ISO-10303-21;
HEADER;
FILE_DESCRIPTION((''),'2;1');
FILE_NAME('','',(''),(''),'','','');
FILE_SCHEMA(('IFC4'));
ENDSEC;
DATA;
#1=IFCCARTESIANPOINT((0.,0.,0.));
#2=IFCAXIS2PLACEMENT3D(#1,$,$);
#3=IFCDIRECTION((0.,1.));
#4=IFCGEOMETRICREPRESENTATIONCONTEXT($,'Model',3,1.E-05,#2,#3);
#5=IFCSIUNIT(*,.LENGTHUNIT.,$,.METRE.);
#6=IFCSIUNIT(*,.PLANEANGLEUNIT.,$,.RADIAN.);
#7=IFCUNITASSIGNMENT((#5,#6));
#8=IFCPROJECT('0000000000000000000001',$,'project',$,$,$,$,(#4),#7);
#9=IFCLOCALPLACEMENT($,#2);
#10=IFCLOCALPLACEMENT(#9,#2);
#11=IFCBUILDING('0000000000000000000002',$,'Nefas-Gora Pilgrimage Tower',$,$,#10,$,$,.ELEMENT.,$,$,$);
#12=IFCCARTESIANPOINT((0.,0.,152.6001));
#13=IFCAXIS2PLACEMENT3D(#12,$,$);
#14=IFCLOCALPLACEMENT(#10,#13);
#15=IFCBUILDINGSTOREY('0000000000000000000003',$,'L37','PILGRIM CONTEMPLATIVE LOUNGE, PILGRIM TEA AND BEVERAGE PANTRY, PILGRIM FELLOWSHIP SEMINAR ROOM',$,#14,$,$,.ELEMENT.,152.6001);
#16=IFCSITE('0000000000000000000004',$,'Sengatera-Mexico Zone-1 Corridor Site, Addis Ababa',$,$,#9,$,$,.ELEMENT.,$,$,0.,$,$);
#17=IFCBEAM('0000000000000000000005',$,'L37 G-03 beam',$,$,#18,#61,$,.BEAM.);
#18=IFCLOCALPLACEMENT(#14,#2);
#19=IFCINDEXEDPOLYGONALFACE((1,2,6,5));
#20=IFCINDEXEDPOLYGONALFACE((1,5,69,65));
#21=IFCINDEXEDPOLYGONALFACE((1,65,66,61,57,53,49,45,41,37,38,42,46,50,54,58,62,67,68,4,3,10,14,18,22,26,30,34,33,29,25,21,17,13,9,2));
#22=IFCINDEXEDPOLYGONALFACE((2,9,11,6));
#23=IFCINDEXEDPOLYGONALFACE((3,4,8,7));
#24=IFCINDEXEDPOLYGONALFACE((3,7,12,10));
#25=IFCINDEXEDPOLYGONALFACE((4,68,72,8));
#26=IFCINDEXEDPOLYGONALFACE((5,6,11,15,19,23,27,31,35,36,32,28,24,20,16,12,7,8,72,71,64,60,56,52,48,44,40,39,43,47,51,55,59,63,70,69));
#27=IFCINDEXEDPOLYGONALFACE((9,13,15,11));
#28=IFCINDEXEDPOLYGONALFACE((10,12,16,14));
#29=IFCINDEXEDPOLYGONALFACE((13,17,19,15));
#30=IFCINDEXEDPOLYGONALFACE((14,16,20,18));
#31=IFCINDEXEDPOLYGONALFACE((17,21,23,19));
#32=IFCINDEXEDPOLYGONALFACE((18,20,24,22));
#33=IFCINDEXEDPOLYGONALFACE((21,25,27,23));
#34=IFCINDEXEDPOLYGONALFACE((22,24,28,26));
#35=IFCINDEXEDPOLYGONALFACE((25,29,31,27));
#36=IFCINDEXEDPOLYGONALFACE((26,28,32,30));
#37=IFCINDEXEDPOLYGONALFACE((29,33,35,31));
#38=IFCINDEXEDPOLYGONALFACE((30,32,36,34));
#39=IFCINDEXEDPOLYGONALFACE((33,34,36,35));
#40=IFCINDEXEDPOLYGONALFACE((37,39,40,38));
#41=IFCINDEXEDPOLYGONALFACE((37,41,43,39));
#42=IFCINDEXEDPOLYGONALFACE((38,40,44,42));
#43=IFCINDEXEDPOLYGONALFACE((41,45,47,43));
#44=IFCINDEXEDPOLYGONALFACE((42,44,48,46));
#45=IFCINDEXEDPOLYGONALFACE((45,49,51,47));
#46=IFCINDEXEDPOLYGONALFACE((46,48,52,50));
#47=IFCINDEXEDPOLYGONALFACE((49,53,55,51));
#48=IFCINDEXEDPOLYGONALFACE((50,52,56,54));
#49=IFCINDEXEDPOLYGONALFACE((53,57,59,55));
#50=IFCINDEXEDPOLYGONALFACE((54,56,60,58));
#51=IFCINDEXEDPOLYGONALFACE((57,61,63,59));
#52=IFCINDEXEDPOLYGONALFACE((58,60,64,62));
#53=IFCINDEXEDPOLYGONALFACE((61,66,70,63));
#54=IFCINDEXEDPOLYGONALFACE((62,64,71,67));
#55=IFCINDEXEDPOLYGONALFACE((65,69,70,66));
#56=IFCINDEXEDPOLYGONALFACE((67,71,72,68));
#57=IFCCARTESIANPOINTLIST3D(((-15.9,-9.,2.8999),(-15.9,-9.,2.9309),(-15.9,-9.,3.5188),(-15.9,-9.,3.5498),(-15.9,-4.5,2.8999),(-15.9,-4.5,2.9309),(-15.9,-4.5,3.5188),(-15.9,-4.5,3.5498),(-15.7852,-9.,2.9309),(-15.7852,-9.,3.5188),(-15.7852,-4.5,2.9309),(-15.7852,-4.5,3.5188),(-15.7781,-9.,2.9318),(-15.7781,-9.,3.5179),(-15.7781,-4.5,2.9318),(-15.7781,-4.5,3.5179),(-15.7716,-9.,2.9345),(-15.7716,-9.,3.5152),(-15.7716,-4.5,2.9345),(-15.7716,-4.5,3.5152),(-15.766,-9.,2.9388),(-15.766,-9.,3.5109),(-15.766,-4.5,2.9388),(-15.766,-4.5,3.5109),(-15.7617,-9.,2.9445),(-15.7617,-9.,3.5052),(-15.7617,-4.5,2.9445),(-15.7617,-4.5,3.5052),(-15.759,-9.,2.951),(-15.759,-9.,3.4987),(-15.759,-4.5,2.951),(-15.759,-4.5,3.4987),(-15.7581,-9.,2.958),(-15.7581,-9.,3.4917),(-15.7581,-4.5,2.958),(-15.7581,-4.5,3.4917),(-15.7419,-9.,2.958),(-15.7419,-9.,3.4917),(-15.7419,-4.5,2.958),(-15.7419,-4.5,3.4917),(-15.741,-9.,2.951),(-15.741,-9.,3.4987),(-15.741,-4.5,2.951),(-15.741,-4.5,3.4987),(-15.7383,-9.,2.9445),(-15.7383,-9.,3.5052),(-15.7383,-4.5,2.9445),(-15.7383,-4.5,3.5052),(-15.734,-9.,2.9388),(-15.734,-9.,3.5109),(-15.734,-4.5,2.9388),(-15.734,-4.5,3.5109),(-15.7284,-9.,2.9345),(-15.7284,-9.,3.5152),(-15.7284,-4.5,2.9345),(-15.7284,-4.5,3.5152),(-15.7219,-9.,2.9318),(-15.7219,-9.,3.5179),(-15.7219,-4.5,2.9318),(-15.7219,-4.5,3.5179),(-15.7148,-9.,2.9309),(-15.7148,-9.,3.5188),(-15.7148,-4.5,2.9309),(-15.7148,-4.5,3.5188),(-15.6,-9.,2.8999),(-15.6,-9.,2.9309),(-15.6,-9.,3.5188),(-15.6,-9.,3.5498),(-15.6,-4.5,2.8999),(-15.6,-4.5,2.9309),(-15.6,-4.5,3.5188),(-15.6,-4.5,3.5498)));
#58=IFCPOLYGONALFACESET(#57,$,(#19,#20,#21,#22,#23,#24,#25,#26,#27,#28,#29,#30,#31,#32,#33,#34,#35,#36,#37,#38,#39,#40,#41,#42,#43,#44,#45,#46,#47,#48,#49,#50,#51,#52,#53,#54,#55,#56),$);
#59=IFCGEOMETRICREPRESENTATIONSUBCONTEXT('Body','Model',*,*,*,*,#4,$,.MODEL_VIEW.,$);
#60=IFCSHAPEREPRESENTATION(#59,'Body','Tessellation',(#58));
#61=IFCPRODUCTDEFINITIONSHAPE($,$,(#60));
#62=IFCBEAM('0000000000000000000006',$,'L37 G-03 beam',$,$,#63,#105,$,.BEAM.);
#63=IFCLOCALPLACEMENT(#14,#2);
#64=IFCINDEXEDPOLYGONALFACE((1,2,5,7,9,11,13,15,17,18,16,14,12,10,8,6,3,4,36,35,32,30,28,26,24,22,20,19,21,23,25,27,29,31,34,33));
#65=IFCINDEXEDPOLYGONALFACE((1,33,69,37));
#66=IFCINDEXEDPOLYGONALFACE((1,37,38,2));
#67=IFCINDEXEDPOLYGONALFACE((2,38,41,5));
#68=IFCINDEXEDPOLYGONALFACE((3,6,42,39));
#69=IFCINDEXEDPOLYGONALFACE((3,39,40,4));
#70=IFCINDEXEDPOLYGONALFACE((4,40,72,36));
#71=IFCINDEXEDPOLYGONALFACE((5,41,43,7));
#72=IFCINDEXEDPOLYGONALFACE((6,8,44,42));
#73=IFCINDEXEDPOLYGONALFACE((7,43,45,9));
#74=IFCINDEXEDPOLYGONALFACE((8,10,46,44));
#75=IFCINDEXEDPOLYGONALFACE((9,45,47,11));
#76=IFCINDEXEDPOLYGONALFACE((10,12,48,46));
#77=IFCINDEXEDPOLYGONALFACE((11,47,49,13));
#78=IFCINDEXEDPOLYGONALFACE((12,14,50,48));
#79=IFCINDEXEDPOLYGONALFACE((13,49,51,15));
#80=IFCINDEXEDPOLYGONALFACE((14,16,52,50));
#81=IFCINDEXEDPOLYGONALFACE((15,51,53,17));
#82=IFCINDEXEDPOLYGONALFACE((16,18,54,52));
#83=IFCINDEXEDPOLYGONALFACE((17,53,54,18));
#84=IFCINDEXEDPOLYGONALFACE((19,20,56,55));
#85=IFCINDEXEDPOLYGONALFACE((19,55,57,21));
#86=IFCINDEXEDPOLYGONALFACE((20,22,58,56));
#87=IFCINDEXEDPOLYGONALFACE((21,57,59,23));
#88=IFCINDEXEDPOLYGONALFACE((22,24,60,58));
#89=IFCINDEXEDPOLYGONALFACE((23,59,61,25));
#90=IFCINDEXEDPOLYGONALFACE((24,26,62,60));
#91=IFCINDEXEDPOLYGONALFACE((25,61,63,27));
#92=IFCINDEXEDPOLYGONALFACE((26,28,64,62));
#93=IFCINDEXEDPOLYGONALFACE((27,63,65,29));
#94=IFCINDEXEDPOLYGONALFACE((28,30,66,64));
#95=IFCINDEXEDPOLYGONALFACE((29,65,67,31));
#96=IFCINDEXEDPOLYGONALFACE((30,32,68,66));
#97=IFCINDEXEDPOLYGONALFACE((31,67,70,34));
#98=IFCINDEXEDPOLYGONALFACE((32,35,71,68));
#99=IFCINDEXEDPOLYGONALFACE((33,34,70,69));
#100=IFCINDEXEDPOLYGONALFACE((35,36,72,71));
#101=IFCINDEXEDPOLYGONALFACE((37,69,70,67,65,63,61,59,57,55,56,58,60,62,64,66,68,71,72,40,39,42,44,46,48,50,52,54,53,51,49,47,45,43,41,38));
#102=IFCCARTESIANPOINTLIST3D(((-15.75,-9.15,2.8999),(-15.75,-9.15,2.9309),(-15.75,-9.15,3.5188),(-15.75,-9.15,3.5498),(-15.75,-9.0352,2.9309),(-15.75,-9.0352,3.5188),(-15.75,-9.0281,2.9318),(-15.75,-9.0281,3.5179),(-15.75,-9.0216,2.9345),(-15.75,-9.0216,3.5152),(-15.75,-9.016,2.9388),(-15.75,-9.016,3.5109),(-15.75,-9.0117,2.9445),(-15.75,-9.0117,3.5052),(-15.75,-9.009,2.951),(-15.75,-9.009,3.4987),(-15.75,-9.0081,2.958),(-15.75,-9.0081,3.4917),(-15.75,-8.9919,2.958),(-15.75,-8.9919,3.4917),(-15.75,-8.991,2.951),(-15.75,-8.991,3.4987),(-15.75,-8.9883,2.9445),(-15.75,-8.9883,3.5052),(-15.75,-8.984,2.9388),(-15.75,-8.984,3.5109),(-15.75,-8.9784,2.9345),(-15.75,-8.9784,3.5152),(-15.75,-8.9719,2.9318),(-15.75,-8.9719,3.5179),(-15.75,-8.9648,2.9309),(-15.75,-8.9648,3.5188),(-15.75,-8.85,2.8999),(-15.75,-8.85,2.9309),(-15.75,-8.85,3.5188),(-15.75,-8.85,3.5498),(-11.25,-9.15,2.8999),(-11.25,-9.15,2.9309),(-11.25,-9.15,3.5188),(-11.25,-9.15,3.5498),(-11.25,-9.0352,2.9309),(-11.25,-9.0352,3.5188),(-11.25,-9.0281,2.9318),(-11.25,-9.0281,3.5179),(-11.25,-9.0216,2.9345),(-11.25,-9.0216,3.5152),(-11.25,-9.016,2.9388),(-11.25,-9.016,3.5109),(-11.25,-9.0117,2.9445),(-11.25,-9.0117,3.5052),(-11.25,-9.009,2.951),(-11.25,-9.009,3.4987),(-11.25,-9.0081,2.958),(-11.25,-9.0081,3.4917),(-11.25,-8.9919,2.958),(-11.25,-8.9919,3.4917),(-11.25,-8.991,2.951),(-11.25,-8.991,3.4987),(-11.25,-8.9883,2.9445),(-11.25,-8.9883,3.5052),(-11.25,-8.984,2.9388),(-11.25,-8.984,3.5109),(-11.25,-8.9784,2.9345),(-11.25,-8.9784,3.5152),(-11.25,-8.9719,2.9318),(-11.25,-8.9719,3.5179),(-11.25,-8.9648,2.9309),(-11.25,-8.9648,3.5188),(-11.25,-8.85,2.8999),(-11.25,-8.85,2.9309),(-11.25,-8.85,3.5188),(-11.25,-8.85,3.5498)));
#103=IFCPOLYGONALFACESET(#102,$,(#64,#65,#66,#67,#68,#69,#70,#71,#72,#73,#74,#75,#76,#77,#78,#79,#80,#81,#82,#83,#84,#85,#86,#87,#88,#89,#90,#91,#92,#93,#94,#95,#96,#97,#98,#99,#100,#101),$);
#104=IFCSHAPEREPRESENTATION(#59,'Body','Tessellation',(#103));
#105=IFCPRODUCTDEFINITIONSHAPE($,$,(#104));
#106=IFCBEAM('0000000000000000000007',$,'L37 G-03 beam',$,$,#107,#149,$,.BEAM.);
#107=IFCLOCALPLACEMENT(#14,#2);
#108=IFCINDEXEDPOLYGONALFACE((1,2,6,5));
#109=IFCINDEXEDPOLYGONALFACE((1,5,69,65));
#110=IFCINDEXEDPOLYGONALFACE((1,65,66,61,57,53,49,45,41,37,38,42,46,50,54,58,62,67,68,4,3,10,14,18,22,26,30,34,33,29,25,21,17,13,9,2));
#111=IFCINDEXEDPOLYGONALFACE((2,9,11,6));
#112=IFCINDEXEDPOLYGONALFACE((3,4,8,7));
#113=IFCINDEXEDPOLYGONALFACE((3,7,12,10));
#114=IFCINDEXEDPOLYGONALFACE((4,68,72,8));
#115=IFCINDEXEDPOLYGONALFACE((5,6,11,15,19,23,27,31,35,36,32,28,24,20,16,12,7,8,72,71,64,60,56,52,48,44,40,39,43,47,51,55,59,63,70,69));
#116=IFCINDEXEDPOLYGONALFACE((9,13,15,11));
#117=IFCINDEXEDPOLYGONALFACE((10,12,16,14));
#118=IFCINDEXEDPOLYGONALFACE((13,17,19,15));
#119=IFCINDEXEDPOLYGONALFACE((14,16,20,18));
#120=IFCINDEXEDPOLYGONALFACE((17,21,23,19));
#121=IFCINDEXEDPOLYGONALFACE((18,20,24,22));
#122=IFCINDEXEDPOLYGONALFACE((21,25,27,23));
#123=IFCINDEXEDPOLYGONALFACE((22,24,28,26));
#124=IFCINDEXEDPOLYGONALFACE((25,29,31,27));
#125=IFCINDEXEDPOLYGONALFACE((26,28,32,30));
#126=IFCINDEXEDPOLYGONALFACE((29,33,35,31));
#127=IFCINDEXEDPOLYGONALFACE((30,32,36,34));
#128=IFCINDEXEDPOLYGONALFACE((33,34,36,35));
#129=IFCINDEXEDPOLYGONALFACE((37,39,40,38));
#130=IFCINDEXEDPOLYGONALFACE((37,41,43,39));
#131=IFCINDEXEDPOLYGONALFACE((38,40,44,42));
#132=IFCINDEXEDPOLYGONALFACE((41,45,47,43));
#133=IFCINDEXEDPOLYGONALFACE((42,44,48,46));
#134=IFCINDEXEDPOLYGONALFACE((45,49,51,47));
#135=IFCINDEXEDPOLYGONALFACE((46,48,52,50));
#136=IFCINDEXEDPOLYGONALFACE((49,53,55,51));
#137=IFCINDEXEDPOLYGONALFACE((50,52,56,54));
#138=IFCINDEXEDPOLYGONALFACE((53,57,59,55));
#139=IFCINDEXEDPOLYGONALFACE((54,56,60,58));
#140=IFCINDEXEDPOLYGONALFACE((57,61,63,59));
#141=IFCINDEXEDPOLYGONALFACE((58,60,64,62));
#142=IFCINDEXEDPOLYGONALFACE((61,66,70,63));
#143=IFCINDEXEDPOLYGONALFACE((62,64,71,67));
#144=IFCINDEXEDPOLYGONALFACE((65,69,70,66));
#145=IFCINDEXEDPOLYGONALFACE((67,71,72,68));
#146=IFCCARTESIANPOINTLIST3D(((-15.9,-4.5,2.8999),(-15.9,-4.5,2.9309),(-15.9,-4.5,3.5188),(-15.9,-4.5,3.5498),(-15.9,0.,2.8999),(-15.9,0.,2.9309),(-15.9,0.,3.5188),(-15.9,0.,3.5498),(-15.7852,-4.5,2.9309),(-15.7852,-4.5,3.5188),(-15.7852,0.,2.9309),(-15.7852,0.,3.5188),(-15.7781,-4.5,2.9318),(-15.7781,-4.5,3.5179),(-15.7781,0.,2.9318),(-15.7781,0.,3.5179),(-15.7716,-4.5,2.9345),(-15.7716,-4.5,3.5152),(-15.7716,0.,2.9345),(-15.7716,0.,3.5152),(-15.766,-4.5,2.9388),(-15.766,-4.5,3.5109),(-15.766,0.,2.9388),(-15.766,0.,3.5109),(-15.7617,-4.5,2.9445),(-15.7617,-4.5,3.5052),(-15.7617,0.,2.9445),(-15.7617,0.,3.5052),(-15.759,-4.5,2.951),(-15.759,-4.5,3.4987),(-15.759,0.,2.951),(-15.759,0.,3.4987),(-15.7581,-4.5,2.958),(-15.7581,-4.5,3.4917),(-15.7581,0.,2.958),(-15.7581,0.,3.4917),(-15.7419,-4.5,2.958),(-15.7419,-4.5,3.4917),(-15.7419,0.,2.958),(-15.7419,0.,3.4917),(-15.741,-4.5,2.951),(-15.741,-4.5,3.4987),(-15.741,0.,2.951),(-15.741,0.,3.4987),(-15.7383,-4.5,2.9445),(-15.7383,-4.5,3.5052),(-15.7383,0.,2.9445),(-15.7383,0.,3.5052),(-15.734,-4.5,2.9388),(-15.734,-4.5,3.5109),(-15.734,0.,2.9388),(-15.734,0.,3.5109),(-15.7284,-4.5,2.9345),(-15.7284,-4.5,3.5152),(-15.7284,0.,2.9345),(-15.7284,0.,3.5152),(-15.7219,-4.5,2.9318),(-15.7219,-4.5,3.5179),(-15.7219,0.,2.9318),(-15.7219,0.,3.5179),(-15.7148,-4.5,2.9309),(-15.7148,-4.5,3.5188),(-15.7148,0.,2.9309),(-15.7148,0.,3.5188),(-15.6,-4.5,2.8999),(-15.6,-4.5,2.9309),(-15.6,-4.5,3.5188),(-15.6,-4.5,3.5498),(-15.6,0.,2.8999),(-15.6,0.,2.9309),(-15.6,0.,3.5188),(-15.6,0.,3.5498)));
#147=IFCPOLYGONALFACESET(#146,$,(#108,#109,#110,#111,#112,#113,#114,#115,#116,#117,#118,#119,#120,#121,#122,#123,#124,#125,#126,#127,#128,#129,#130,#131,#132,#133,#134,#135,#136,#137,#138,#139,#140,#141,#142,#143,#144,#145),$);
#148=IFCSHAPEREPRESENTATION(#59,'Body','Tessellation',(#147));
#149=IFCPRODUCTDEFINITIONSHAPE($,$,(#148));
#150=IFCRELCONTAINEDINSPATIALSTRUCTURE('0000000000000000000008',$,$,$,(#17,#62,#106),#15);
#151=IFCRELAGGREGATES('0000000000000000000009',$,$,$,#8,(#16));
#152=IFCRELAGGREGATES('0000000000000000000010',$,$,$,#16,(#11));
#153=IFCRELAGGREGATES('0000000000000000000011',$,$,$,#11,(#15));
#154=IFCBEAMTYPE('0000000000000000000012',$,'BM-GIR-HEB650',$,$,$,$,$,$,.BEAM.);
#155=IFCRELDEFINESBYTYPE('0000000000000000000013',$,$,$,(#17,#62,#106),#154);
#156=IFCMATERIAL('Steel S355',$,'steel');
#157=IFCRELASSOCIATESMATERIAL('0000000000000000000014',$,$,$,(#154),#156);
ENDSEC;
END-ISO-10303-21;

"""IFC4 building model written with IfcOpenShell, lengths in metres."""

from ifc_helpers import new_model, si_unit, direction, frame, origin, origin_2d, place, context, subcontext, project, spatial, i_section, extrude, source, transform, mapped, material, material_profile, profile_set, type_object, element, save


model = new_model("IFC4")

# Units and contexts
model_context = context("Model", 3, precision=1e-05, world=origin(), true_north=direction((0.0, 1.0)))
body_context = subcontext(model_context, "Body", "Model", "MODEL_VIEW")
ifc_project = project(units=[si_unit("LENGTHUNIT", "METRE"), si_unit("PLANEANGLEUNIT", "RADIAN")], contexts=[model_context])

# Site, building, storey
site_placement = place(None, origin())
site = spatial("IfcSite", under=ifc_project, at=site_placement, Name="Sengatera-Mexico Zone-1 Corridor Site, Addis Ababa", CompositionType="ELEMENT", RefElevation=0.0)
building_placement = place(site_placement, origin())
building = spatial("IfcBuilding", under=site, at=building_placement, Name="Nefas-Gora Pilgrimage Tower", CompositionType="ELEMENT")
storey_placement = place(building_placement, frame((0.0, 0.0, 152.6001)))
storey = spatial("IfcBuildingStorey", under=building, at=storey_placement, Name="L37", Description="PILGRIM CONTEMPLATIVE LOUNGE, PILGRIM TEA AND BEVERAGE PANTRY, PILGRIM FELLOWSHIP SEMINAR ROOM", CompositionType="ELEMENT", Elevation=152.6001)

# Beams
ifc_material_1 = material(Name="Steel S355", Category="steel")
ifc_material_profile_1 = material_profile(ifc_material_1, i_section(OverallWidth=0.3, OverallDepth=0.6499, WebThickness=0.0161, FlangeThickness=0.031, FilletRadius=0.0271, at=origin_2d()), Name="HEB 650")
ifc_profile_set_1 = profile_set([ifc_material_profile_1], Name="Steel S355")
beam_type = type_object("IfcBeamType", Name="BM-GIR-HEB650", PredefinedType="BEAM", material=ifc_profile_set_1)
shared_shape_1 = source(origin(), body_context, "Body", "SweptSolid", [
    extrude(i_section(OverallWidth=0.3, OverallDepth=0.6499, WebThickness=0.0161, FlangeThickness=0.031, FilletRadius=0.0271, at=origin_2d()), origin(), (0.0, 0.0, 1.0), 4.5),
])
for number, where, z_axis, x_axis, name in (
    (1, (-15.75, -9.0, 3.2249), (0.0, 1.0, 0.0), (-1.0, 0.0, 0.0), "L37 G-03 beam"),
    (2, (-15.75, -9.0, 3.2249), (1.0, 0.0, 0.0), (0.0, 1.0, 0.0), "L37 G-03 beam"),
    (3, (-15.75, -4.5, 3.2249), (0.0, 1.0, 0.0), (-1.0, 0.0, 0.0), "L37 G-03 beam"),
):
    element("IfcBeam", number, at=place(storey_placement, frame(where, z_axis=z_axis, x_axis=x_axis)), inside=storey, type_object=beam_type, Name=name, PredefinedType="BEAM", context=body_context, shape_type="MappedRepresentation", body=[
        mapped(shared_shape_1, transform((0.0, 0.0, 0.0), x_axis=(1.0, 0.0, 0.0), y_axis=(0.0, 1.0, 0.0), z_axis=(0.0, 0.0, 1.0), scale=1.0)),
    ])

save(model, "model.ifc")
